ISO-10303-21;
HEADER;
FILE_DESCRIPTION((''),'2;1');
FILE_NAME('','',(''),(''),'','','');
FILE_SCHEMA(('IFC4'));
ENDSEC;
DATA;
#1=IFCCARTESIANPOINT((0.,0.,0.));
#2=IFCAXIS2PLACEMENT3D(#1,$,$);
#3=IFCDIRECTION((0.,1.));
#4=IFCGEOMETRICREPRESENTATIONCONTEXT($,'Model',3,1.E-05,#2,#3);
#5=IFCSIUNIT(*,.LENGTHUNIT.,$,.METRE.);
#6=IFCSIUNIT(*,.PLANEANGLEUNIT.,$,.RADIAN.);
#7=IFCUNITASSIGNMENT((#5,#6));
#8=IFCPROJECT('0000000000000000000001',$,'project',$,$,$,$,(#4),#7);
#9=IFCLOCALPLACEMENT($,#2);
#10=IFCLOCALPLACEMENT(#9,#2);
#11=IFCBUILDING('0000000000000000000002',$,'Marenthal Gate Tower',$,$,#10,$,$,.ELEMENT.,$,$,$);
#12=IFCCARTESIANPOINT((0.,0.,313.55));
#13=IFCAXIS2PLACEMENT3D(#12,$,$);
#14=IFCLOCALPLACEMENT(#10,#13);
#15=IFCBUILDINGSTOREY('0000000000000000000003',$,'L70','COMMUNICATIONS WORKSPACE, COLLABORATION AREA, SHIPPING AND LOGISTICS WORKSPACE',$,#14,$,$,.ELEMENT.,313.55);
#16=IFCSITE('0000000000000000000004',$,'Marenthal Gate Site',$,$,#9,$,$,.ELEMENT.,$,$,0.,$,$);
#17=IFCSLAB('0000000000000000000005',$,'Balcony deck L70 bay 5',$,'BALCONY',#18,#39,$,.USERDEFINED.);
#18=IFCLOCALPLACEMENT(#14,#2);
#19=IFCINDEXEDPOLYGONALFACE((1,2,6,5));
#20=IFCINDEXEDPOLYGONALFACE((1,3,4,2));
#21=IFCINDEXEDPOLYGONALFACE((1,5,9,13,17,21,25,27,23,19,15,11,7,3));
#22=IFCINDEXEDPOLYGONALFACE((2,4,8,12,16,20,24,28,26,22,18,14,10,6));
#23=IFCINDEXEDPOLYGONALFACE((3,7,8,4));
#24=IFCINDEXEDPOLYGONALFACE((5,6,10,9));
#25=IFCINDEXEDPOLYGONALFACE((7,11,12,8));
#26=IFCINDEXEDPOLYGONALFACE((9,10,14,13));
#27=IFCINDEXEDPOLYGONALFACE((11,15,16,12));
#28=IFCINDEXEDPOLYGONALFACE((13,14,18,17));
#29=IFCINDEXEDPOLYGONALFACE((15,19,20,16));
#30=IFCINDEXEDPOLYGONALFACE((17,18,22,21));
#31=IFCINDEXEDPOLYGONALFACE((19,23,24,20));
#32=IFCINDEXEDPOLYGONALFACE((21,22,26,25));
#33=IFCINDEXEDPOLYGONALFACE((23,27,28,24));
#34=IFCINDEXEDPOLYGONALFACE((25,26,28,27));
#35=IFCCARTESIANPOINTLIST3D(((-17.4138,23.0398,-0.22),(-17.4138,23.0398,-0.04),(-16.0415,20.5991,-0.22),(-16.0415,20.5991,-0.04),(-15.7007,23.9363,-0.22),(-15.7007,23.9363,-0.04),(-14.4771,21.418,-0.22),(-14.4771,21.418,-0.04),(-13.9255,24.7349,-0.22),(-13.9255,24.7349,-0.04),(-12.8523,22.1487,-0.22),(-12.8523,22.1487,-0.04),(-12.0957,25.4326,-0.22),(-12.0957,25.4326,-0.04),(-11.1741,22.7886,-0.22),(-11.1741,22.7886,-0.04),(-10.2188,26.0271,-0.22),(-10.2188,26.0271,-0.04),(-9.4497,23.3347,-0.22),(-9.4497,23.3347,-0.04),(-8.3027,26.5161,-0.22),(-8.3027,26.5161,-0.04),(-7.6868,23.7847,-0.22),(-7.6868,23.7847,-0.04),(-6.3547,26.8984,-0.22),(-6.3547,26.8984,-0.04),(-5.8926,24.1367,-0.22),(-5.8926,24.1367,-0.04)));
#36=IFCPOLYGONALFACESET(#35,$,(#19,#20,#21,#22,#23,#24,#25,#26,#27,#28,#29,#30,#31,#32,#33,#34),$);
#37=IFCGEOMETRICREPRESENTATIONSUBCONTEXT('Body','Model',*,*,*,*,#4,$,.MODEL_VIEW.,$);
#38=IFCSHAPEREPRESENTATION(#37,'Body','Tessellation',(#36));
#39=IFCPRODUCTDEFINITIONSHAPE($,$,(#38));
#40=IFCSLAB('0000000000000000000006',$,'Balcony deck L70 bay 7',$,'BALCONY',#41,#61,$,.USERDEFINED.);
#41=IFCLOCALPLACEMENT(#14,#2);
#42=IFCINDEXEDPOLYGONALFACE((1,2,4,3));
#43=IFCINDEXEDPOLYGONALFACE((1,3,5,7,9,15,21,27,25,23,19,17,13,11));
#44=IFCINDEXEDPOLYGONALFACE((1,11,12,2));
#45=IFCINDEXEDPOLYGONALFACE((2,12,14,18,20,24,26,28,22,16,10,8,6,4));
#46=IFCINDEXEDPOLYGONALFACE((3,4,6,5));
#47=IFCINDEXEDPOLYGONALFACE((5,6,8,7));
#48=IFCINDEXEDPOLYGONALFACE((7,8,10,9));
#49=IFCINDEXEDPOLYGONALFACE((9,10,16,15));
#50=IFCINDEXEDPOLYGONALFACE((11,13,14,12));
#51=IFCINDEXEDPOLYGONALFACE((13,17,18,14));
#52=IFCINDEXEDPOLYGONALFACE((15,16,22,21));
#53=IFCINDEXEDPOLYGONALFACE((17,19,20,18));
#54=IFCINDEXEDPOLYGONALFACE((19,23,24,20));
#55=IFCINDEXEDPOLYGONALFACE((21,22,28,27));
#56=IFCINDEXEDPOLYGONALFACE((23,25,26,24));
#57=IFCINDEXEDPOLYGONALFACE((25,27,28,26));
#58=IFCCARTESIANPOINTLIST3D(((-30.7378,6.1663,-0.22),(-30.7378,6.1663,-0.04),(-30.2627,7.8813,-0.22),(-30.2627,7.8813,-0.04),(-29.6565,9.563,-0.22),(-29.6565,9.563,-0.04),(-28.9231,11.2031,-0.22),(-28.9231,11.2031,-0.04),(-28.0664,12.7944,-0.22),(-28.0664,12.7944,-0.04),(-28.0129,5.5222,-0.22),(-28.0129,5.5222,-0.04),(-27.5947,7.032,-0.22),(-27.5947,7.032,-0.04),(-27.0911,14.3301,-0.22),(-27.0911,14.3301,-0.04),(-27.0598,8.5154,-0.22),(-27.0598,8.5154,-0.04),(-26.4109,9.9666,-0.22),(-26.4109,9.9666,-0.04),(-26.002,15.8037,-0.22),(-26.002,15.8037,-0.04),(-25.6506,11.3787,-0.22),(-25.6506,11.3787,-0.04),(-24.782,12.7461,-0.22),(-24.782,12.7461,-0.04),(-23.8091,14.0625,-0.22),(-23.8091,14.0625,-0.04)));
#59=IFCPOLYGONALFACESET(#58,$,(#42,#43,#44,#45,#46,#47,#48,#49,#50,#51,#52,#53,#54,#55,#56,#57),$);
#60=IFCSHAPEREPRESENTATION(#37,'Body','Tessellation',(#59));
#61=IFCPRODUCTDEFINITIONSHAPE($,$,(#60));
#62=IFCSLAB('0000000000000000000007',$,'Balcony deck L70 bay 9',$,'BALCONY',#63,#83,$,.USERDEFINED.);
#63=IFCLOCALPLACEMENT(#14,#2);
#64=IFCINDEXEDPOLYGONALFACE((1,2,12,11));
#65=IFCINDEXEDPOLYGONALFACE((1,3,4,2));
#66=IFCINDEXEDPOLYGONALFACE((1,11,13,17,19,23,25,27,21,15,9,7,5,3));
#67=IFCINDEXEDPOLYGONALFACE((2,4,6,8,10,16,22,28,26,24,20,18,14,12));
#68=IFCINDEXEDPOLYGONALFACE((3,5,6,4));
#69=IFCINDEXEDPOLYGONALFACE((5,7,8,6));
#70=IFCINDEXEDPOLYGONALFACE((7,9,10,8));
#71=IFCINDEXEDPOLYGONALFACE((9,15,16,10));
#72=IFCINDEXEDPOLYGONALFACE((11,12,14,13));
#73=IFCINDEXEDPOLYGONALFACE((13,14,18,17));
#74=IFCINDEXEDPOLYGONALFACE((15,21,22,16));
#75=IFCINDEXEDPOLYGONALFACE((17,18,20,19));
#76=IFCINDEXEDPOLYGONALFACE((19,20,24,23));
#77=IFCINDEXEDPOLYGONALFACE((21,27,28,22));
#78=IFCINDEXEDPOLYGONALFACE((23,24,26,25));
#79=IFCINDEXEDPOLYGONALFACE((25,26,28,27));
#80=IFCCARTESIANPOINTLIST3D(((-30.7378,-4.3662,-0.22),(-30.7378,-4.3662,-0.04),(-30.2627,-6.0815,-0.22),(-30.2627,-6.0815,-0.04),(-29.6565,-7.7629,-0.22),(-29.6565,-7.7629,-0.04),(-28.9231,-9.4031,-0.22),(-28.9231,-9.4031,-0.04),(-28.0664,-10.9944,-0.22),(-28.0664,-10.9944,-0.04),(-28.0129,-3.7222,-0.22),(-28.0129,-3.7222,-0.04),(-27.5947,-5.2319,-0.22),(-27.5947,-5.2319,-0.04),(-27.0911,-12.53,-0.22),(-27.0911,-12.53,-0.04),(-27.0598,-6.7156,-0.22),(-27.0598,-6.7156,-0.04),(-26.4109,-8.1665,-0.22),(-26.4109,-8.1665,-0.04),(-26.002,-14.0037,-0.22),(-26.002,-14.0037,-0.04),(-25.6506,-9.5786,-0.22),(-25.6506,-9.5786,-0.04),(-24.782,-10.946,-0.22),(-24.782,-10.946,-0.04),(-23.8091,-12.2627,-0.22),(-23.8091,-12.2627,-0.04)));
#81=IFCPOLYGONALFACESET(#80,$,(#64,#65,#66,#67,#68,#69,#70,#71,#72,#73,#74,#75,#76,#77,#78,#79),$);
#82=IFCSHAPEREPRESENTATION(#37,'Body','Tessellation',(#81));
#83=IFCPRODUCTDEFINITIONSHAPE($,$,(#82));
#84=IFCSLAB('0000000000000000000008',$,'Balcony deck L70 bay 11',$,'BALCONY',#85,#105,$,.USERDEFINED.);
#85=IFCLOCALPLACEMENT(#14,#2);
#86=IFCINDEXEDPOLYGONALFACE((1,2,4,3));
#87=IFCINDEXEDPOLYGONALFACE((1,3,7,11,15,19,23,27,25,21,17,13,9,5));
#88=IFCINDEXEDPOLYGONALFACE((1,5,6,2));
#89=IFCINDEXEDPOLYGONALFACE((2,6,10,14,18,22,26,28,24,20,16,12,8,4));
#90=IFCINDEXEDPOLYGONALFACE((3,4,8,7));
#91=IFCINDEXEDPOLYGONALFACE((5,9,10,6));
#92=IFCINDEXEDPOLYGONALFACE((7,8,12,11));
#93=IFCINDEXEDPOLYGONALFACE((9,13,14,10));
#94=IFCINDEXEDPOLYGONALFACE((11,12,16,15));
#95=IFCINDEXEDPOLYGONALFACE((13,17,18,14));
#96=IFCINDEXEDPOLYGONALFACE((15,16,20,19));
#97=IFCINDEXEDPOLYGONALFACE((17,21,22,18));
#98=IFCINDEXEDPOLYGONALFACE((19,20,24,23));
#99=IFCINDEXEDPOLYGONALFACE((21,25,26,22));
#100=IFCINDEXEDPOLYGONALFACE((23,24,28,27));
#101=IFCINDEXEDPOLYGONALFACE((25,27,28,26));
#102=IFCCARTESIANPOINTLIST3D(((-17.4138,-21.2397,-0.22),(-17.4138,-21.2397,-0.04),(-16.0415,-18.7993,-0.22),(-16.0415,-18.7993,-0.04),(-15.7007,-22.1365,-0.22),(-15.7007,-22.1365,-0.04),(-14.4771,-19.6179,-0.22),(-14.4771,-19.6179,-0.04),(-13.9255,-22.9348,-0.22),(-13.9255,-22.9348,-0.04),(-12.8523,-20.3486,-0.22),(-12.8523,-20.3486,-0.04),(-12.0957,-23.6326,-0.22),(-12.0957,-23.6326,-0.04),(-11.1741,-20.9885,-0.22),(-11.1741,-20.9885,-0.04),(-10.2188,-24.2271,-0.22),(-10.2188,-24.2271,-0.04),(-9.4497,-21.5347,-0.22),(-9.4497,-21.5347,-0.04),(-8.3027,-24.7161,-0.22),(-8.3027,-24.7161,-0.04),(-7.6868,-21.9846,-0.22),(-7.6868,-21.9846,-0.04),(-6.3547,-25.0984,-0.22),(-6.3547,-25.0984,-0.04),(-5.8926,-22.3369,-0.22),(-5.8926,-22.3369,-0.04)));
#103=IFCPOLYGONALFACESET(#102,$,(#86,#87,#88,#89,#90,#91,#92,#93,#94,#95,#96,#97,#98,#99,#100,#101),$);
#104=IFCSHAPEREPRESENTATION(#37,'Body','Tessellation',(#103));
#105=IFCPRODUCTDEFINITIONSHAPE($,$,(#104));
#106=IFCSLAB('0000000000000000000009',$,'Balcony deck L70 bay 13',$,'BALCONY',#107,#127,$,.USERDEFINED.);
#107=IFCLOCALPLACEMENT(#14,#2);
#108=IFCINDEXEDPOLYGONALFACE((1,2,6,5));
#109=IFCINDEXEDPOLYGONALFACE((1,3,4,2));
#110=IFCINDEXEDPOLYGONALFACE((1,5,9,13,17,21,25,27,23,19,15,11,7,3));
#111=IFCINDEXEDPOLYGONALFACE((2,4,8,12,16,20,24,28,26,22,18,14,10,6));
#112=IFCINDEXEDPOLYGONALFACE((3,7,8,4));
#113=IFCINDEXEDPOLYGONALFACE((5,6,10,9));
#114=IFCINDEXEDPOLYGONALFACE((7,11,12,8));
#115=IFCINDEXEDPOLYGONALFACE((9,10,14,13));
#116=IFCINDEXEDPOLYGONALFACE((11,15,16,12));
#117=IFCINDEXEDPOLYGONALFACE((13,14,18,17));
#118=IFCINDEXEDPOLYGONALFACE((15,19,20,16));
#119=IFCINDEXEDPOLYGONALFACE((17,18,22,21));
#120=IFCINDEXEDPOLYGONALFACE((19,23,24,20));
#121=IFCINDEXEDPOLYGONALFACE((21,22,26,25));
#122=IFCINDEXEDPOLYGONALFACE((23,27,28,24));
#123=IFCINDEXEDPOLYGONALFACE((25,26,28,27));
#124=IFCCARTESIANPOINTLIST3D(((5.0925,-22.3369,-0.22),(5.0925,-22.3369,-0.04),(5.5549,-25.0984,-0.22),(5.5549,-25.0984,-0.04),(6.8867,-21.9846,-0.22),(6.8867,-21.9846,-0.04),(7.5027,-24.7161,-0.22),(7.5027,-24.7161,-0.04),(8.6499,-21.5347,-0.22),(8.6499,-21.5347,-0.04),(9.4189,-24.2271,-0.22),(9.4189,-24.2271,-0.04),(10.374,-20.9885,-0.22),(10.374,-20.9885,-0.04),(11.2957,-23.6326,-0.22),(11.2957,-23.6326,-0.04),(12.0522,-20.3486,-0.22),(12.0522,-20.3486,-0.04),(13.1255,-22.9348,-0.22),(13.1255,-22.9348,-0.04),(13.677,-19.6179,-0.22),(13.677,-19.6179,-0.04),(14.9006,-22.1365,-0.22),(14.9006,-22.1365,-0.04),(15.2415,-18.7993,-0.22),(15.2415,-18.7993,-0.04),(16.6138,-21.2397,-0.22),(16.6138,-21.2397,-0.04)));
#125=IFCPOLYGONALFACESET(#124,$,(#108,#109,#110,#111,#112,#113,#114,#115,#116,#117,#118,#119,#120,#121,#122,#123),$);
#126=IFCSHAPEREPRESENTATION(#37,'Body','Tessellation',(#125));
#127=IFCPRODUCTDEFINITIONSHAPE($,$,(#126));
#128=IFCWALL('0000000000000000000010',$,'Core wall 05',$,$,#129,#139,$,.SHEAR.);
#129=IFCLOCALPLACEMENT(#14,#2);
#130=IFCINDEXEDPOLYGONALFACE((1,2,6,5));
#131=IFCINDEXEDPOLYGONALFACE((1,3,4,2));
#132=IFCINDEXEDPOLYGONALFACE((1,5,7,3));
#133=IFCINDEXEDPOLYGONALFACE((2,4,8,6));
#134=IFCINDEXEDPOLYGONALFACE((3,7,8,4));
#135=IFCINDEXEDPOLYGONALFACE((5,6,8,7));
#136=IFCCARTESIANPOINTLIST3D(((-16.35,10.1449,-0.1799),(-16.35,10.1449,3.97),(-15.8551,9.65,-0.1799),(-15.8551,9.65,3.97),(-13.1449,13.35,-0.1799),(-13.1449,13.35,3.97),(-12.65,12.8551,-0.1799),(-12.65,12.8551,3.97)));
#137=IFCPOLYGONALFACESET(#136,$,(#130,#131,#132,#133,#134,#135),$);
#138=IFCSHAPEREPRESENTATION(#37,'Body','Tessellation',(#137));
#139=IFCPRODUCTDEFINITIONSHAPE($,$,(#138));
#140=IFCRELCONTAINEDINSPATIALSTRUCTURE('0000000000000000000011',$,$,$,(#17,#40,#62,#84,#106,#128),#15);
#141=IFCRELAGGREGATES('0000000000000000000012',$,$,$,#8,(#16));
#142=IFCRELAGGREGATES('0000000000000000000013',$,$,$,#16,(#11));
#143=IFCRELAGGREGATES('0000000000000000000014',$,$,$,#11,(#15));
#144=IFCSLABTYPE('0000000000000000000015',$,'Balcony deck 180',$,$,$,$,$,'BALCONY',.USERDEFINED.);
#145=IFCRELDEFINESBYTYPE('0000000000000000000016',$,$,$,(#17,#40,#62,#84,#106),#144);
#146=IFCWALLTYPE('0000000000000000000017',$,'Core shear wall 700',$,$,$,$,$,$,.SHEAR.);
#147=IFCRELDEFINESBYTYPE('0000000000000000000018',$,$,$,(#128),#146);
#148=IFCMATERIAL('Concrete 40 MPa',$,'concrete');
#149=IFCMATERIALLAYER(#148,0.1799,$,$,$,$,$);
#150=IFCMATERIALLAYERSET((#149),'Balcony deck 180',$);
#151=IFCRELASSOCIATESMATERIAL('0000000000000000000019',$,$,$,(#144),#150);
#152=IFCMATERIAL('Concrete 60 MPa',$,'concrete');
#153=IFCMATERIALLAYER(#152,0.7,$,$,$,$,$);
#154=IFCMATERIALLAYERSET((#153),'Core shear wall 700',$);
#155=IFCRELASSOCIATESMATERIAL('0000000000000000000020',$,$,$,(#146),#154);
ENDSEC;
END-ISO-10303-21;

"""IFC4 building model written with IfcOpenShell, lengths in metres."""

from ifc_helpers import new_model, si_unit, direction, frame, frame_2d, origin, place, context, subcontext, project, spatial, polyline, rectangle, outline, extrude, material, layer, layer_set, type_object, element, save


model = new_model("IFC4")

# Units and contexts
model_context = context("Model", 3, precision=1e-05, world=origin(), true_north=direction((0.0, 1.0)))
body_context = subcontext(model_context, "Body", "Model", "MODEL_VIEW")
ifc_project = project(units=[si_unit("LENGTHUNIT", "METRE"), si_unit("PLANEANGLEUNIT", "RADIAN")], contexts=[model_context])

# Site, building, storey
site_placement = place(None, origin())
site = spatial("IfcSite", under=ifc_project, at=site_placement, Name="Marenthal Gate Site", CompositionType="ELEMENT", RefElevation=0.0)
building_placement = place(site_placement, origin())
building = spatial("IfcBuilding", under=site, at=building_placement, Name="Marenthal Gate Tower", CompositionType="ELEMENT")
storey_placement = place(building_placement, frame((0.0, 0.0, 313.55)))
storey = spatial("IfcBuildingStorey", under=building, at=storey_placement, Name="L70", Description="COMMUNICATIONS WORKSPACE, COLLABORATION AREA, SHIPPING AND LOGISTICS WORKSPACE", CompositionType="ELEMENT", Elevation=313.55)

# Slabs
ifc_material_1 = material(Name="Concrete 40 MPa", Category="concrete")
ifc_layer_1 = layer(ifc_material_1, 0.1799)
ifc_layer_set_1 = layer_set([ifc_layer_1], Name="Balcony deck 180")
slab_type = type_object("IfcSlabType", Name="Balcony deck 180", ElementType="BALCONY", PredefinedType="USERDEFINED", material=ifc_layer_set_1)
slab_1_placement = place(storey_placement, frame((0.0, 0.0, -0.22)))
element("IfcSlab", 1, at=slab_1_placement, inside=storey, type_object=slab_type, Name="Balcony deck L70 bay 5", ObjectType="BALCONY", PredefinedType="USERDEFINED", context=body_context, shape_type="SweptSolid", body=[
    extrude(outline(polyline([(-5.8926, 24.1367), (-7.6868, 23.7847), (-9.4497, 23.3347), (-11.1741, 22.7886), (-12.8523, 22.1487), (-14.4771, 21.418), (-16.0415, 20.5991), (-17.4138, 23.0398), (-15.7007, 23.9363), (-13.9255, 24.7349), (-12.0957, 25.4326), (-10.2188, 26.0271), (-8.3027, 26.5161), (-6.3547, 26.8984), (-5.8926, 24.1367)])), origin(), (0.0, 0.0, 1.0), 0.1799),
])
slab_2_placement = place(storey_placement, frame((0.0, 0.0, -0.22)))
element("IfcSlab", 2, at=slab_2_placement, inside=storey, type_object=slab_type, Name="Balcony deck L70 bay 7", ObjectType="BALCONY", PredefinedType="USERDEFINED", context=body_context, shape_type="SweptSolid", body=[
    extrude(outline(polyline([(-23.8091, 14.0625), (-24.782, 12.7461), (-25.6506, 11.3787), (-26.4109, 9.9666), (-27.0598, 8.5154), (-27.5947, 7.032), (-28.0129, 5.5222), (-30.7378, 6.1663), (-30.2627, 7.8813), (-29.6565, 9.563), (-28.9231, 11.2031), (-28.0664, 12.7944), (-27.0911, 14.3301), (-26.002, 15.8037), (-23.8091, 14.0625)])), origin(), (0.0, 0.0, 1.0), 0.1799),
])
slab_3_placement = place(storey_placement, frame((0.0, 0.0, -0.22)))
element("IfcSlab", 3, at=slab_3_placement, inside=storey, type_object=slab_type, Name="Balcony deck L70 bay 9", ObjectType="BALCONY", PredefinedType="USERDEFINED", context=body_context, shape_type="SweptSolid", body=[
    extrude(outline(polyline([(-28.0129, -3.7222), (-27.5947, -5.2319), (-27.0598, -6.7156), (-26.4109, -8.1665), (-25.6506, -9.5786), (-24.782, -10.946), (-23.8091, -12.2627), (-26.002, -14.0037), (-27.0911, -12.53), (-28.0664, -10.9944), (-28.9231, -9.4031), (-29.6565, -7.7629), (-30.2627, -6.0815), (-30.7378, -4.3662), (-28.0129, -3.7222)])), origin(), (0.0, 0.0, 1.0), 0.1799),
])
slab_4_placement = place(storey_placement, frame((0.0, 0.0, -0.22)))
element("IfcSlab", 4, at=slab_4_placement, inside=storey, type_object=slab_type, Name="Balcony deck L70 bay 11", ObjectType="BALCONY", PredefinedType="USERDEFINED", context=body_context, shape_type="SweptSolid", body=[
    extrude(outline(polyline([(-16.0415, -18.7993), (-14.4771, -19.6179), (-12.8523, -20.3486), (-11.1741, -20.9885), (-9.4497, -21.5347), (-7.6868, -21.9846), (-5.8926, -22.3369), (-6.3547, -25.0984), (-8.3027, -24.7161), (-10.2188, -24.2271), (-12.0957, -23.6326), (-13.9255, -22.9348), (-15.7007, -22.1365), (-17.4138, -21.2397), (-16.0415, -18.7993)])), origin(), (0.0, 0.0, 1.0), 0.1799),
])
slab_5_placement = place(storey_placement, frame((0.0, 0.0, -0.22)))
element("IfcSlab", 5, at=slab_5_placement, inside=storey, type_object=slab_type, Name="Balcony deck L70 bay 13", ObjectType="BALCONY", PredefinedType="USERDEFINED", context=body_context, shape_type="SweptSolid", body=[
    extrude(outline(polyline([(5.0925, -22.3369), (6.8867, -21.9846), (8.6499, -21.5347), (10.374, -20.9885), (12.0522, -20.3486), (13.677, -19.6179), (15.2415, -18.7993), (16.6138, -21.2397), (14.9006, -22.1365), (13.1255, -22.9348), (11.2957, -23.6326), (9.4189, -24.2271), (7.5027, -24.7161), (5.5549, -25.0984), (5.0925, -22.3369)])), origin(), (0.0, 0.0, 1.0), 0.1799),
])

# Wall
ifc_material_2 = material(Name="Concrete 60 MPa", Category="concrete")
ifc_layer_2 = layer(ifc_material_2, 0.7)
ifc_layer_set_2 = layer_set([ifc_layer_2], Name="Core shear wall 700")
wall_type_1 = type_object("IfcWallType", Name="Core shear wall 700", PredefinedType="SHEAR", material=ifc_layer_set_2)
wall_1_placement = place(storey_placement, frame((-12.8975, 13.1025, -0.1799), z_axis=(0.0, 0.0, 1.0), x_axis=(-0.707107, -0.707107, 0.0)))
element("IfcWall", 6, at=wall_1_placement, inside=storey, type_object=wall_type_1, Name="Core wall 05", PredefinedType="SHEAR", context=body_context, shape_type="SweptSolid", body=[
    extrude(rectangle(XDim=4.5327, YDim=0.7, at=frame_2d((2.2664, 0.0))), origin(), (0.0, 0.0, 1.0), 4.1499),
])

save(model, "model.ifc")
